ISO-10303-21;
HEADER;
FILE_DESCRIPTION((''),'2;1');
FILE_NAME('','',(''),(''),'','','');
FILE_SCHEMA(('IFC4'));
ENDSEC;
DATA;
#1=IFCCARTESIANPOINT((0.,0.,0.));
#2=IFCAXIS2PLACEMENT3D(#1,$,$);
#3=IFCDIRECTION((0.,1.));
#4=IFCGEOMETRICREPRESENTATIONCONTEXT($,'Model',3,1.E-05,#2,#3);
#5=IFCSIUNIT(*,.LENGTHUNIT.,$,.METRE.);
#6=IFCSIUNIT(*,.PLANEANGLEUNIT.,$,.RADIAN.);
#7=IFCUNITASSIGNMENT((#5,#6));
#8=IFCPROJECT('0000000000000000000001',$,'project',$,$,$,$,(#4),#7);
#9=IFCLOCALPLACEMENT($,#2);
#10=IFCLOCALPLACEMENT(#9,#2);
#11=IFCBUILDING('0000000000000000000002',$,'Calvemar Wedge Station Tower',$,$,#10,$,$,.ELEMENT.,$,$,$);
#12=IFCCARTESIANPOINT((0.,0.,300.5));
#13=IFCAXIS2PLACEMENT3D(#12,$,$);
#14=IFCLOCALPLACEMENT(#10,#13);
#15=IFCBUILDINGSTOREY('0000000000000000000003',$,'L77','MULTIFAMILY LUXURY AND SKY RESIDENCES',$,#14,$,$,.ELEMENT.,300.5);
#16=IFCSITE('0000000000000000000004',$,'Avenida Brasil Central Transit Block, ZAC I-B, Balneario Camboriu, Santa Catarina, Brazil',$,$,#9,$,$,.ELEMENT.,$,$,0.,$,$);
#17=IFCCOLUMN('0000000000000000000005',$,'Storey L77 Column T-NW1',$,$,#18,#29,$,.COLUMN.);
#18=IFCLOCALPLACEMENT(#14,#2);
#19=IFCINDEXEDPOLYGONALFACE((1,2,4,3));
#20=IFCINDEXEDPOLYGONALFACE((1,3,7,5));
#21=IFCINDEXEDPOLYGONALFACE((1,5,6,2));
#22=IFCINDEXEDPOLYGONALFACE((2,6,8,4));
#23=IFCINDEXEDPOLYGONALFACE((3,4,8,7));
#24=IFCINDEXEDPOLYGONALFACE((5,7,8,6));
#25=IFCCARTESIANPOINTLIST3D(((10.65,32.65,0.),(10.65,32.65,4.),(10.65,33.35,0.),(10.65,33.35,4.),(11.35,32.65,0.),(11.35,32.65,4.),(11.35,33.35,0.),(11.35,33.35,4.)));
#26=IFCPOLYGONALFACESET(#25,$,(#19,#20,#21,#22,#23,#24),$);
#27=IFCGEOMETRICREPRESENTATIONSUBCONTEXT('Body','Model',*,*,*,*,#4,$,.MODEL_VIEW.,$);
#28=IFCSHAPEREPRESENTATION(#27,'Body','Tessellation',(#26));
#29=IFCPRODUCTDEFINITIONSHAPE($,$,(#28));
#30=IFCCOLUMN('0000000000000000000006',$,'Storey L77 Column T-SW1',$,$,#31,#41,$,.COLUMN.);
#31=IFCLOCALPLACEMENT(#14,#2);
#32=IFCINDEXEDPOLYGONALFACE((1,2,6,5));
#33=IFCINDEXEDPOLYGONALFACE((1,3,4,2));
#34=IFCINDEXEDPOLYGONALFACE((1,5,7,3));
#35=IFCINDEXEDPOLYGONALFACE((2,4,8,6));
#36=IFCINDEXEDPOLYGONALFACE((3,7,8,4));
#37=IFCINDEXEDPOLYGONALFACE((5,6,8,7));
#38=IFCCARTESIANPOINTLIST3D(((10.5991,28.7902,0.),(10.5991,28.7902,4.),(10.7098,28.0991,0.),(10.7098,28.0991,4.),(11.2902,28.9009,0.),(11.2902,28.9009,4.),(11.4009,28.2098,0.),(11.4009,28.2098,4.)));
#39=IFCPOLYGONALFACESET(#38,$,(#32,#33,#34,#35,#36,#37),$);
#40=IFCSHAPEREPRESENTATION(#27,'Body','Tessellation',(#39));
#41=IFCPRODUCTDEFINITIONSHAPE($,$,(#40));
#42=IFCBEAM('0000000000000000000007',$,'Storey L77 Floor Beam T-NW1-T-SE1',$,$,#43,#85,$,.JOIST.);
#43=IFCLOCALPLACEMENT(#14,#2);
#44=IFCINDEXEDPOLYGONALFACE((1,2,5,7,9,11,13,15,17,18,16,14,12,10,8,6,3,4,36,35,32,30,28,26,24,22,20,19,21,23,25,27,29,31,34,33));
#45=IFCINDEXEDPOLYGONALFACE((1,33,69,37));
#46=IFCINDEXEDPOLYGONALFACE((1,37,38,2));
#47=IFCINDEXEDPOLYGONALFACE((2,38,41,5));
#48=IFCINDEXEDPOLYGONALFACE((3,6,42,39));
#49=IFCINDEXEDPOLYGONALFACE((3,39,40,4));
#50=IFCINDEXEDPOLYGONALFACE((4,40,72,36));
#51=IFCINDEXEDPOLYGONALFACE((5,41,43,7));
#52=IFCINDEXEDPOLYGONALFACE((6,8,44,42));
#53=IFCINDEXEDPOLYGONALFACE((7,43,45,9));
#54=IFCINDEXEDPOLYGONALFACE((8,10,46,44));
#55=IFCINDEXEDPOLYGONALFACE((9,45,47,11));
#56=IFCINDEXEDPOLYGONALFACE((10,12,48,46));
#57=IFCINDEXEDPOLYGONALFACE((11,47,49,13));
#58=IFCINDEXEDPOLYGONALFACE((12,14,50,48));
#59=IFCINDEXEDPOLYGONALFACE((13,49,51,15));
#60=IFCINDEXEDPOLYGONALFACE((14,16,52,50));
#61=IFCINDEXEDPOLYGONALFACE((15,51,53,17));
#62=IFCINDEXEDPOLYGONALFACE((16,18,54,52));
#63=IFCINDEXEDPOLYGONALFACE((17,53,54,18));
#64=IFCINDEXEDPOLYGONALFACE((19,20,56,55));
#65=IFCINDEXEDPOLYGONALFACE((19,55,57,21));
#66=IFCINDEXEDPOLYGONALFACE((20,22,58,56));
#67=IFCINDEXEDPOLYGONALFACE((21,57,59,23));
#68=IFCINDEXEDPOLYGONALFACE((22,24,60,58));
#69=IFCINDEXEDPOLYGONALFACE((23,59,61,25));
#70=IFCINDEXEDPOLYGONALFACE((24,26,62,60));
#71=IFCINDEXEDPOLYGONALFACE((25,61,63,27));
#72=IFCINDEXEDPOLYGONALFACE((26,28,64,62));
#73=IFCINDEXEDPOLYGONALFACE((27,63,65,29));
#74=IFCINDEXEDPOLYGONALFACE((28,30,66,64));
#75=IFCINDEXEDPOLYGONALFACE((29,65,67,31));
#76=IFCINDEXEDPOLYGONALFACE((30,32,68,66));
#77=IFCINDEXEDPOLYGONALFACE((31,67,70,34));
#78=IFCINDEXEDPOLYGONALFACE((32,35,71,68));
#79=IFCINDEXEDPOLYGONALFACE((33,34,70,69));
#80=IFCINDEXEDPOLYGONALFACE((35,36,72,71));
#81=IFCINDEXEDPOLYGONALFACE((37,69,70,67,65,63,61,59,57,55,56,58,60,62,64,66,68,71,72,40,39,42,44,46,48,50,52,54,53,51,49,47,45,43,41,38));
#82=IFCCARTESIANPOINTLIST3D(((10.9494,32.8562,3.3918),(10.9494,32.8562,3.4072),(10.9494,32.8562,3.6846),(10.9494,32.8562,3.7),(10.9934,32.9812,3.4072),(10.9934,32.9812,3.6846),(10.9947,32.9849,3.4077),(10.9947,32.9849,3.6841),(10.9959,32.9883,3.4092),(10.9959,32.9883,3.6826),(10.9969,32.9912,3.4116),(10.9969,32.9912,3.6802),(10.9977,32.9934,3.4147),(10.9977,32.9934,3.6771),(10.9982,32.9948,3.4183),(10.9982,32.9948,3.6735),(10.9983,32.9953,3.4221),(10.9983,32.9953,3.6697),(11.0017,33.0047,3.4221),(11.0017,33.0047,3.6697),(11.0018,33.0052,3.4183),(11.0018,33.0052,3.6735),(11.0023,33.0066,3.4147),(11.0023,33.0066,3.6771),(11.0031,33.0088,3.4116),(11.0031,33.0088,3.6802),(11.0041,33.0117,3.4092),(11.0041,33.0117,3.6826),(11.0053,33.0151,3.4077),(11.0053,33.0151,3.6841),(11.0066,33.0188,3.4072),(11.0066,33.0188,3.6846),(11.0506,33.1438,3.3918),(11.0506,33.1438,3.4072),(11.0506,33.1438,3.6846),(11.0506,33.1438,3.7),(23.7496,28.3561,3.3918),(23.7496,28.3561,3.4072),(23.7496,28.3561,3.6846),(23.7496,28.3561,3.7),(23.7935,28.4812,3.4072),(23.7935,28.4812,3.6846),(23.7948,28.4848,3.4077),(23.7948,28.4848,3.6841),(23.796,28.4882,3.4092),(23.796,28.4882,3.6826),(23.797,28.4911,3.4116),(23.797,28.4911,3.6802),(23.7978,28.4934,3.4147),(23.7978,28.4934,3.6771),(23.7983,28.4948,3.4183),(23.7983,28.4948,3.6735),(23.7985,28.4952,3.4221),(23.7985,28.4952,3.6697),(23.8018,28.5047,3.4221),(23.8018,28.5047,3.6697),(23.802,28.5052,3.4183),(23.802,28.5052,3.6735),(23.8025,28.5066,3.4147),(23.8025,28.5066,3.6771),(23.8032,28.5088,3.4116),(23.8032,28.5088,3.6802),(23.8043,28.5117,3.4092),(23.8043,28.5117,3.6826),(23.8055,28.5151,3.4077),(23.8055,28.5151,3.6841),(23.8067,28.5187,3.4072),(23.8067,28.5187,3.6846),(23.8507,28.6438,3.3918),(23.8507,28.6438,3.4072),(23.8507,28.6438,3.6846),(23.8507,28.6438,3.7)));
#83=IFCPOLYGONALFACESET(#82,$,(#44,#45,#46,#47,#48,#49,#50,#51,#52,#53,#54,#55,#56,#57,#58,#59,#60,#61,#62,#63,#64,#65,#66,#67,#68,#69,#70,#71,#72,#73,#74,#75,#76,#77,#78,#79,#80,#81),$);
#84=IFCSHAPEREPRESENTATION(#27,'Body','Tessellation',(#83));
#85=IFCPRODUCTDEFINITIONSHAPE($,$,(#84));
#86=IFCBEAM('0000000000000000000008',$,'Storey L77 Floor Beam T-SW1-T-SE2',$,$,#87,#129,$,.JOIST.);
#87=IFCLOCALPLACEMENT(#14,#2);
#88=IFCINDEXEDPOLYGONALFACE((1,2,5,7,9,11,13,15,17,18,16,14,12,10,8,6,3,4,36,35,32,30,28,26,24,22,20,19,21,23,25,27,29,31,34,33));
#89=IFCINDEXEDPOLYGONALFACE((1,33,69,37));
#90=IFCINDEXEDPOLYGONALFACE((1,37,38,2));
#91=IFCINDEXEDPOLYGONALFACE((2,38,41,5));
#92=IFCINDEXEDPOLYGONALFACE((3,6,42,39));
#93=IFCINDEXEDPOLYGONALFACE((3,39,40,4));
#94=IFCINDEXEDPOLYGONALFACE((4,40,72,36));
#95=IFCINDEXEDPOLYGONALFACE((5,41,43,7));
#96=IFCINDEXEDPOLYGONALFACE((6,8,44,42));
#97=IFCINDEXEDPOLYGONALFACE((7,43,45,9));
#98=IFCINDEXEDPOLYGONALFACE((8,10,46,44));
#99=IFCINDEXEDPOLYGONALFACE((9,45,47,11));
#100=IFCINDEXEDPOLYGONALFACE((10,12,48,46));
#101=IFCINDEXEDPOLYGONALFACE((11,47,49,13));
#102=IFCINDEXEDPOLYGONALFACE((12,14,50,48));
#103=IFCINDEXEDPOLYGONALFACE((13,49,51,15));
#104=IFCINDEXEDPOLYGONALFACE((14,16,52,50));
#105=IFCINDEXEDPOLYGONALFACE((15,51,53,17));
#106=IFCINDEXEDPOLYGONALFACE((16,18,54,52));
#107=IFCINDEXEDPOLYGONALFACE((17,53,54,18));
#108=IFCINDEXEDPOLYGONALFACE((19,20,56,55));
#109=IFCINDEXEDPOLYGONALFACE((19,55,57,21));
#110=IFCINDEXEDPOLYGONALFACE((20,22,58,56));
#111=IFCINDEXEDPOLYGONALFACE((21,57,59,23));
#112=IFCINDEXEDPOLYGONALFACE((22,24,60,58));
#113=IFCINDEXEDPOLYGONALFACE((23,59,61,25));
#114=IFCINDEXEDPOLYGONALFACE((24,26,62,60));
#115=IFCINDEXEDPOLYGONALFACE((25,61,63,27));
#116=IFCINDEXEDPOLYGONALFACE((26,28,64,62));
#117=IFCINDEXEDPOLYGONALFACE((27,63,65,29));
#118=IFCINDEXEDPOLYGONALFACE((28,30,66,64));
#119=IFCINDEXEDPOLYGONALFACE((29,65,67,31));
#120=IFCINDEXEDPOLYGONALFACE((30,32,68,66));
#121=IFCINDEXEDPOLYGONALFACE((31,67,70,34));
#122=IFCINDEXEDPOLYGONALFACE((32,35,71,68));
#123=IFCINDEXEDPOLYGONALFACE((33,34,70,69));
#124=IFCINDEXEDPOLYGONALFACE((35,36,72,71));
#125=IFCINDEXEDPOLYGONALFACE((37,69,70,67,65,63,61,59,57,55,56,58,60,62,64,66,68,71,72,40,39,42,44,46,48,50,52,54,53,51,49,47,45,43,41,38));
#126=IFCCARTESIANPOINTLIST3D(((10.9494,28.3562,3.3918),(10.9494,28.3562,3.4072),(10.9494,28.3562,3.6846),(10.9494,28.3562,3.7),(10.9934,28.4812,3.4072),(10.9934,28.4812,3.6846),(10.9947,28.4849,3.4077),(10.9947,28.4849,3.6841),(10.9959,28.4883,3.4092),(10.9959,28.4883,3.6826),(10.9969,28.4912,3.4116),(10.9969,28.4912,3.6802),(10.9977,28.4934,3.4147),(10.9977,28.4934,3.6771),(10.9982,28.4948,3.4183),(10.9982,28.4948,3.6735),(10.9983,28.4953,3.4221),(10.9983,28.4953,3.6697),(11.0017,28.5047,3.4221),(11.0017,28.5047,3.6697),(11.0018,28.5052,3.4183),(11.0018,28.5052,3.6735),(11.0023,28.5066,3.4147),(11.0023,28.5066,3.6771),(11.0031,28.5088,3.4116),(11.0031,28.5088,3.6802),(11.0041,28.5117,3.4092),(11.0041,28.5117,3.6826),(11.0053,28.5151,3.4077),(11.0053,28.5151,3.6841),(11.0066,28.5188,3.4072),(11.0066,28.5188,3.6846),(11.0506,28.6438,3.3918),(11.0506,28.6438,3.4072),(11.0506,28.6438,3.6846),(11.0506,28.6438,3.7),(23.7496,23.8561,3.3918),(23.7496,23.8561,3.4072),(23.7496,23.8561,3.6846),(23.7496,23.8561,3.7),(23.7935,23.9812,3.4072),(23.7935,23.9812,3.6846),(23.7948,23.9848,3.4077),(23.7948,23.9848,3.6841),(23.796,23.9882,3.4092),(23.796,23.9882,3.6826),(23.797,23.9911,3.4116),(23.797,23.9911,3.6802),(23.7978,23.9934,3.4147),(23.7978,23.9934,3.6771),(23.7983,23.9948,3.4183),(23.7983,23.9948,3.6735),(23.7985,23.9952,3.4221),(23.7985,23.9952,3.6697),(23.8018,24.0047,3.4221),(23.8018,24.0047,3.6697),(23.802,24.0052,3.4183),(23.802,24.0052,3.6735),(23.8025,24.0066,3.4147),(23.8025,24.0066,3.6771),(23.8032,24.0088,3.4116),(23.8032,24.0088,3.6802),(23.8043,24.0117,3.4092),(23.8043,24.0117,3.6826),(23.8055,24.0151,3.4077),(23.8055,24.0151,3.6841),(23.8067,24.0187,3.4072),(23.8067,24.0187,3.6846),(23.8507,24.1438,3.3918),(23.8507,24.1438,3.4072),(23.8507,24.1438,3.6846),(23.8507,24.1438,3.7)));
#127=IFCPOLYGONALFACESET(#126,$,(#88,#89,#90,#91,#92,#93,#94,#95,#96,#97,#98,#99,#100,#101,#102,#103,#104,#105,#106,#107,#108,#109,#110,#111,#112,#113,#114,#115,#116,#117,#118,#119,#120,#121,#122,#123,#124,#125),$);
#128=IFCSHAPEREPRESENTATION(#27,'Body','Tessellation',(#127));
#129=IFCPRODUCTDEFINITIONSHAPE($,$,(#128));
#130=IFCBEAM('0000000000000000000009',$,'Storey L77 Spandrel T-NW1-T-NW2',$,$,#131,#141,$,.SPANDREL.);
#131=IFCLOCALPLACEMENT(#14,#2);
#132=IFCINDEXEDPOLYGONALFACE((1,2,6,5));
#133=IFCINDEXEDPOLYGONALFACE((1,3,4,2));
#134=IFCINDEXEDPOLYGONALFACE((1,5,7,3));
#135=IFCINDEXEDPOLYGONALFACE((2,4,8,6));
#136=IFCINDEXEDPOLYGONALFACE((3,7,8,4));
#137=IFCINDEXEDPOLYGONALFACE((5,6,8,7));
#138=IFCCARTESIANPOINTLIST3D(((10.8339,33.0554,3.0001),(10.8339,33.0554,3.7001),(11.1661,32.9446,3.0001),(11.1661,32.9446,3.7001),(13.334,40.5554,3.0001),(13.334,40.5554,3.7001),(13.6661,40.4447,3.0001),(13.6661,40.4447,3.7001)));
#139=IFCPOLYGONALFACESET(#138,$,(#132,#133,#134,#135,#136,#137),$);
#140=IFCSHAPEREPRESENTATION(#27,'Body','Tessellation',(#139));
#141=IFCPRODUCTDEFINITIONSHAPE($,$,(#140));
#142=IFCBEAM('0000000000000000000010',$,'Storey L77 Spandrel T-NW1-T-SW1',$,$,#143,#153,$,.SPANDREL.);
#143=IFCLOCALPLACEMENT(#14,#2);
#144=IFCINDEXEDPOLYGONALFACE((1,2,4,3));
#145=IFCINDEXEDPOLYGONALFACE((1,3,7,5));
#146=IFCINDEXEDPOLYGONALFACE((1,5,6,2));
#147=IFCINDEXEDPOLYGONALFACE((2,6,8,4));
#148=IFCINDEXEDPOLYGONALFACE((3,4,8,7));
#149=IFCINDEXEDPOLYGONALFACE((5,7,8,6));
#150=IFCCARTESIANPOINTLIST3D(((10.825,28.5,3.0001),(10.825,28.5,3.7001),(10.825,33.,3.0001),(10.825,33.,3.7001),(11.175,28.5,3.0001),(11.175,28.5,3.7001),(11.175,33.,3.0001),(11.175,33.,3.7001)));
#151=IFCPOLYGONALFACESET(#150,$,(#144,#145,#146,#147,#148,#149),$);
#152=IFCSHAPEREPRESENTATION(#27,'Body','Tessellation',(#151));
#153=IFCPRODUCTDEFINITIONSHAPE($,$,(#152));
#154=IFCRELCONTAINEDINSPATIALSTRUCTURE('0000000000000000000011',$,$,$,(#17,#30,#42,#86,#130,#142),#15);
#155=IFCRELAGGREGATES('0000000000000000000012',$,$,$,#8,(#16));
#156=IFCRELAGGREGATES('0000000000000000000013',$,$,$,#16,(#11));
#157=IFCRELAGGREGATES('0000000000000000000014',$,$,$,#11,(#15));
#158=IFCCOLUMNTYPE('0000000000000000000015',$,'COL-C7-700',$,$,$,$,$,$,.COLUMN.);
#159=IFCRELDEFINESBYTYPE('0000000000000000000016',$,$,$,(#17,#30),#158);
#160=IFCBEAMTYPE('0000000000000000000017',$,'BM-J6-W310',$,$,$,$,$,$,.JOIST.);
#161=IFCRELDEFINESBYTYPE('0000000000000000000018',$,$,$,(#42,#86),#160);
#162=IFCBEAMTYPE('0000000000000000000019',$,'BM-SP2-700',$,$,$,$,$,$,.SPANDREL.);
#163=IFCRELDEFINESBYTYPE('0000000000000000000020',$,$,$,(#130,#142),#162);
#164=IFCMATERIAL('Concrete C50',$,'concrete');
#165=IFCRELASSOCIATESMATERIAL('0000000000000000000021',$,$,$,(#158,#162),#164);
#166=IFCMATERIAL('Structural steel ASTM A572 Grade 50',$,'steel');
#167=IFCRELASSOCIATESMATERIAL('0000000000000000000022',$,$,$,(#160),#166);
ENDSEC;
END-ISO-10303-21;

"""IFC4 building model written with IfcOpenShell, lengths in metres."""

from ifc_helpers import new_model, si_unit, direction, frame, origin, origin_2d, place, context, subcontext, project, spatial, rectangle, i_section, extrude, source, transform, mapped, material, material_profile, profile_set, type_object, element, save


model = new_model("IFC4")

# Units and contexts
model_context = context("Model", 3, precision=1e-05, world=origin(), true_north=direction((0.0, 1.0)))
body_context = subcontext(model_context, "Body", "Model", "MODEL_VIEW")
ifc_project = project(units=[si_unit("LENGTHUNIT", "METRE"), si_unit("PLANEANGLEUNIT", "RADIAN")], contexts=[model_context])

# Site, building, storey
site_placement = place(None, origin())
site = spatial("IfcSite", under=ifc_project, at=site_placement, Name="Avenida Brasil Central Transit Block, ZAC I-B, Balneario Camboriu, Santa Catarina, Brazil", CompositionType="ELEMENT", RefElevation=0.0)
building_placement = place(site_placement, origin())
building = spatial("IfcBuilding", under=site, at=building_placement, Name="Calvemar Wedge Station Tower", CompositionType="ELEMENT")
storey_placement = place(building_placement, frame((0.0, 0.0, 300.5)))
storey = spatial("IfcBuildingStorey", under=building, at=storey_placement, Name="L77", Description="MULTIFAMILY LUXURY AND SKY RESIDENCES", CompositionType="ELEMENT", Elevation=300.5)

# Columns
ifc_material_1 = material(Name="Concrete C50", Category="concrete")
ifc_material_profile_1 = material_profile(ifc_material_1, rectangle(XDim=0.7, YDim=0.7, at=origin_2d()), Name="RC700x700")
ifc_profile_set_1 = profile_set([ifc_material_profile_1], Name="Concrete C50")
column_type = type_object("IfcColumnType", Name="COL-C7-700", PredefinedType="COLUMN", material=ifc_profile_set_1)
shared_shape_1 = source(origin(), body_context, "Body", "SweptSolid", [
    extrude(rectangle(XDim=0.7, YDim=0.7, at=origin_2d()), origin(), (0.0, 0.0, 1.0), 4.0),
])
for number, where, z_axis, x_axis, name in (
    (1, (11.0, 33.0, 0.0), (0.0, 0.0, 1.0), (1.0, 0.0, 0.0), "Storey L77 Column T-NW1"),
    (2, (11.0, 28.5, 0.0), (0.0, 0.0, 1.0), (0.158158, -0.987414, 0.0), "Storey L77 Column T-SW1"),
):
    element("IfcColumn", number, at=place(storey_placement, frame(where, z_axis=z_axis, x_axis=x_axis)), inside=storey, type_object=column_type, Name=name, PredefinedType="COLUMN", context=body_context, shape_type="MappedRepresentation", body=[
        mapped(shared_shape_1, transform((0.0, 0.0, 0.0), scale=1.0)),
    ])

# Beams
ifc_material_2 = material(Name="Structural steel ASTM A572 Grade 50", Category="steel")
ifc_material_profile_2 = material_profile(ifc_material_2, i_section(OverallWidth=0.3049, OverallDepth=0.3081, WebThickness=0.01, FlangeThickness=0.0154, FilletRadius=0.0149, at=origin_2d()), Name="W310x97")
ifc_profile_set_2 = profile_set([ifc_material_profile_2], Name="Structural steel ASTM A572 Grade 50")
beam_type_1 = type_object("IfcBeamType", Name="BM-J6-W310", PredefinedType="JOIST", material=ifc_profile_set_2)
shared_shape_2 = source(origin(), body_context, "Body", "SweptSolid", [
    extrude(i_section(OverallWidth=0.3049, OverallDepth=0.3081, WebThickness=0.01, FlangeThickness=0.0154, FilletRadius=0.0149, at=origin_2d()), origin(), (0.0, 0.0, 1.0), 13.5681),
])
for number, where, z_axis, x_axis, name in (
    (3, (11.0, 33.0, 3.5459), (0.943398, -0.331662, 0.0), (0.331662, 0.943398, 0.0), "Storey L77 Floor Beam T-NW1-T-SE1"),
    (4, (11.0, 28.5, 3.5459), (0.943398, -0.331662, 0.0), (0.331662, 0.943398, 0.0), "Storey L77 Floor Beam T-SW1-T-SE2"),
):
    element("IfcBeam", number, at=place(storey_placement, frame(where, z_axis=z_axis, x_axis=x_axis)), inside=storey, type_object=beam_type_1, Name=name, PredefinedType="JOIST", context=body_context, shape_type="MappedRepresentation", body=[
        mapped(shared_shape_2, transform((0.0, 0.0, 0.0), scale=1.0)),
    ])
ifc_material_profile_3 = material_profile(ifc_material_1, rectangle(XDim=0.3501, YDim=0.7, at=origin_2d()), Name="RC350x700")
ifc_profile_set_3 = profile_set([ifc_material_profile_3], Name="Concrete C50")
beam_type_2 = type_object("IfcBeamType", Name="BM-SP2-700", PredefinedType="SPANDREL", material=ifc_profile_set_3)
shared_shape_3 = source(origin(), body_context, "Body", "SweptSolid", [
    extrude(rectangle(XDim=0.3501, YDim=0.7, at=origin_2d()), origin(), (0.0, 0.0, 1.0), 7.9058),
])
beam_1_placement = place(storey_placement, frame((11.0, 33.0, 3.3501), z_axis=(0.316228, 0.948683, 0.0), x_axis=(-0.948683, 0.316228, 0.0)))
element("IfcBeam", 5, at=beam_1_placement, inside=storey, type_object=beam_type_2, Name="Storey L77 Spandrel T-NW1-T-NW2", PredefinedType="SPANDREL", context=body_context, shape_type="MappedRepresentation", body=[
    mapped(shared_shape_3, transform((0.0, 0.0, 0.0), scale=1.0)),
])
shared_shape_4 = source(origin(), body_context, "Body", "SweptSolid", [
    extrude(rectangle(XDim=0.3501, YDim=0.7, at=origin_2d()), origin(), (0.0, 0.0, 1.0), 4.5),
])
beam_2_placement = place(storey_placement, frame((11.0, 33.0, 3.3501), z_axis=(0.0, -1.0, 0.0), x_axis=(1.0, 0.0, 0.0)))
element("IfcBeam", 6, at=beam_2_placement, inside=storey, type_object=beam_type_2, Name="Storey L77 Spandrel T-NW1-T-SW1", PredefinedType="SPANDREL", context=body_context, shape_type="MappedRepresentation", body=[
    mapped(shared_shape_4, transform((0.0, 0.0, 0.0), scale=1.0)),
])

save(model, "model.ifc")
